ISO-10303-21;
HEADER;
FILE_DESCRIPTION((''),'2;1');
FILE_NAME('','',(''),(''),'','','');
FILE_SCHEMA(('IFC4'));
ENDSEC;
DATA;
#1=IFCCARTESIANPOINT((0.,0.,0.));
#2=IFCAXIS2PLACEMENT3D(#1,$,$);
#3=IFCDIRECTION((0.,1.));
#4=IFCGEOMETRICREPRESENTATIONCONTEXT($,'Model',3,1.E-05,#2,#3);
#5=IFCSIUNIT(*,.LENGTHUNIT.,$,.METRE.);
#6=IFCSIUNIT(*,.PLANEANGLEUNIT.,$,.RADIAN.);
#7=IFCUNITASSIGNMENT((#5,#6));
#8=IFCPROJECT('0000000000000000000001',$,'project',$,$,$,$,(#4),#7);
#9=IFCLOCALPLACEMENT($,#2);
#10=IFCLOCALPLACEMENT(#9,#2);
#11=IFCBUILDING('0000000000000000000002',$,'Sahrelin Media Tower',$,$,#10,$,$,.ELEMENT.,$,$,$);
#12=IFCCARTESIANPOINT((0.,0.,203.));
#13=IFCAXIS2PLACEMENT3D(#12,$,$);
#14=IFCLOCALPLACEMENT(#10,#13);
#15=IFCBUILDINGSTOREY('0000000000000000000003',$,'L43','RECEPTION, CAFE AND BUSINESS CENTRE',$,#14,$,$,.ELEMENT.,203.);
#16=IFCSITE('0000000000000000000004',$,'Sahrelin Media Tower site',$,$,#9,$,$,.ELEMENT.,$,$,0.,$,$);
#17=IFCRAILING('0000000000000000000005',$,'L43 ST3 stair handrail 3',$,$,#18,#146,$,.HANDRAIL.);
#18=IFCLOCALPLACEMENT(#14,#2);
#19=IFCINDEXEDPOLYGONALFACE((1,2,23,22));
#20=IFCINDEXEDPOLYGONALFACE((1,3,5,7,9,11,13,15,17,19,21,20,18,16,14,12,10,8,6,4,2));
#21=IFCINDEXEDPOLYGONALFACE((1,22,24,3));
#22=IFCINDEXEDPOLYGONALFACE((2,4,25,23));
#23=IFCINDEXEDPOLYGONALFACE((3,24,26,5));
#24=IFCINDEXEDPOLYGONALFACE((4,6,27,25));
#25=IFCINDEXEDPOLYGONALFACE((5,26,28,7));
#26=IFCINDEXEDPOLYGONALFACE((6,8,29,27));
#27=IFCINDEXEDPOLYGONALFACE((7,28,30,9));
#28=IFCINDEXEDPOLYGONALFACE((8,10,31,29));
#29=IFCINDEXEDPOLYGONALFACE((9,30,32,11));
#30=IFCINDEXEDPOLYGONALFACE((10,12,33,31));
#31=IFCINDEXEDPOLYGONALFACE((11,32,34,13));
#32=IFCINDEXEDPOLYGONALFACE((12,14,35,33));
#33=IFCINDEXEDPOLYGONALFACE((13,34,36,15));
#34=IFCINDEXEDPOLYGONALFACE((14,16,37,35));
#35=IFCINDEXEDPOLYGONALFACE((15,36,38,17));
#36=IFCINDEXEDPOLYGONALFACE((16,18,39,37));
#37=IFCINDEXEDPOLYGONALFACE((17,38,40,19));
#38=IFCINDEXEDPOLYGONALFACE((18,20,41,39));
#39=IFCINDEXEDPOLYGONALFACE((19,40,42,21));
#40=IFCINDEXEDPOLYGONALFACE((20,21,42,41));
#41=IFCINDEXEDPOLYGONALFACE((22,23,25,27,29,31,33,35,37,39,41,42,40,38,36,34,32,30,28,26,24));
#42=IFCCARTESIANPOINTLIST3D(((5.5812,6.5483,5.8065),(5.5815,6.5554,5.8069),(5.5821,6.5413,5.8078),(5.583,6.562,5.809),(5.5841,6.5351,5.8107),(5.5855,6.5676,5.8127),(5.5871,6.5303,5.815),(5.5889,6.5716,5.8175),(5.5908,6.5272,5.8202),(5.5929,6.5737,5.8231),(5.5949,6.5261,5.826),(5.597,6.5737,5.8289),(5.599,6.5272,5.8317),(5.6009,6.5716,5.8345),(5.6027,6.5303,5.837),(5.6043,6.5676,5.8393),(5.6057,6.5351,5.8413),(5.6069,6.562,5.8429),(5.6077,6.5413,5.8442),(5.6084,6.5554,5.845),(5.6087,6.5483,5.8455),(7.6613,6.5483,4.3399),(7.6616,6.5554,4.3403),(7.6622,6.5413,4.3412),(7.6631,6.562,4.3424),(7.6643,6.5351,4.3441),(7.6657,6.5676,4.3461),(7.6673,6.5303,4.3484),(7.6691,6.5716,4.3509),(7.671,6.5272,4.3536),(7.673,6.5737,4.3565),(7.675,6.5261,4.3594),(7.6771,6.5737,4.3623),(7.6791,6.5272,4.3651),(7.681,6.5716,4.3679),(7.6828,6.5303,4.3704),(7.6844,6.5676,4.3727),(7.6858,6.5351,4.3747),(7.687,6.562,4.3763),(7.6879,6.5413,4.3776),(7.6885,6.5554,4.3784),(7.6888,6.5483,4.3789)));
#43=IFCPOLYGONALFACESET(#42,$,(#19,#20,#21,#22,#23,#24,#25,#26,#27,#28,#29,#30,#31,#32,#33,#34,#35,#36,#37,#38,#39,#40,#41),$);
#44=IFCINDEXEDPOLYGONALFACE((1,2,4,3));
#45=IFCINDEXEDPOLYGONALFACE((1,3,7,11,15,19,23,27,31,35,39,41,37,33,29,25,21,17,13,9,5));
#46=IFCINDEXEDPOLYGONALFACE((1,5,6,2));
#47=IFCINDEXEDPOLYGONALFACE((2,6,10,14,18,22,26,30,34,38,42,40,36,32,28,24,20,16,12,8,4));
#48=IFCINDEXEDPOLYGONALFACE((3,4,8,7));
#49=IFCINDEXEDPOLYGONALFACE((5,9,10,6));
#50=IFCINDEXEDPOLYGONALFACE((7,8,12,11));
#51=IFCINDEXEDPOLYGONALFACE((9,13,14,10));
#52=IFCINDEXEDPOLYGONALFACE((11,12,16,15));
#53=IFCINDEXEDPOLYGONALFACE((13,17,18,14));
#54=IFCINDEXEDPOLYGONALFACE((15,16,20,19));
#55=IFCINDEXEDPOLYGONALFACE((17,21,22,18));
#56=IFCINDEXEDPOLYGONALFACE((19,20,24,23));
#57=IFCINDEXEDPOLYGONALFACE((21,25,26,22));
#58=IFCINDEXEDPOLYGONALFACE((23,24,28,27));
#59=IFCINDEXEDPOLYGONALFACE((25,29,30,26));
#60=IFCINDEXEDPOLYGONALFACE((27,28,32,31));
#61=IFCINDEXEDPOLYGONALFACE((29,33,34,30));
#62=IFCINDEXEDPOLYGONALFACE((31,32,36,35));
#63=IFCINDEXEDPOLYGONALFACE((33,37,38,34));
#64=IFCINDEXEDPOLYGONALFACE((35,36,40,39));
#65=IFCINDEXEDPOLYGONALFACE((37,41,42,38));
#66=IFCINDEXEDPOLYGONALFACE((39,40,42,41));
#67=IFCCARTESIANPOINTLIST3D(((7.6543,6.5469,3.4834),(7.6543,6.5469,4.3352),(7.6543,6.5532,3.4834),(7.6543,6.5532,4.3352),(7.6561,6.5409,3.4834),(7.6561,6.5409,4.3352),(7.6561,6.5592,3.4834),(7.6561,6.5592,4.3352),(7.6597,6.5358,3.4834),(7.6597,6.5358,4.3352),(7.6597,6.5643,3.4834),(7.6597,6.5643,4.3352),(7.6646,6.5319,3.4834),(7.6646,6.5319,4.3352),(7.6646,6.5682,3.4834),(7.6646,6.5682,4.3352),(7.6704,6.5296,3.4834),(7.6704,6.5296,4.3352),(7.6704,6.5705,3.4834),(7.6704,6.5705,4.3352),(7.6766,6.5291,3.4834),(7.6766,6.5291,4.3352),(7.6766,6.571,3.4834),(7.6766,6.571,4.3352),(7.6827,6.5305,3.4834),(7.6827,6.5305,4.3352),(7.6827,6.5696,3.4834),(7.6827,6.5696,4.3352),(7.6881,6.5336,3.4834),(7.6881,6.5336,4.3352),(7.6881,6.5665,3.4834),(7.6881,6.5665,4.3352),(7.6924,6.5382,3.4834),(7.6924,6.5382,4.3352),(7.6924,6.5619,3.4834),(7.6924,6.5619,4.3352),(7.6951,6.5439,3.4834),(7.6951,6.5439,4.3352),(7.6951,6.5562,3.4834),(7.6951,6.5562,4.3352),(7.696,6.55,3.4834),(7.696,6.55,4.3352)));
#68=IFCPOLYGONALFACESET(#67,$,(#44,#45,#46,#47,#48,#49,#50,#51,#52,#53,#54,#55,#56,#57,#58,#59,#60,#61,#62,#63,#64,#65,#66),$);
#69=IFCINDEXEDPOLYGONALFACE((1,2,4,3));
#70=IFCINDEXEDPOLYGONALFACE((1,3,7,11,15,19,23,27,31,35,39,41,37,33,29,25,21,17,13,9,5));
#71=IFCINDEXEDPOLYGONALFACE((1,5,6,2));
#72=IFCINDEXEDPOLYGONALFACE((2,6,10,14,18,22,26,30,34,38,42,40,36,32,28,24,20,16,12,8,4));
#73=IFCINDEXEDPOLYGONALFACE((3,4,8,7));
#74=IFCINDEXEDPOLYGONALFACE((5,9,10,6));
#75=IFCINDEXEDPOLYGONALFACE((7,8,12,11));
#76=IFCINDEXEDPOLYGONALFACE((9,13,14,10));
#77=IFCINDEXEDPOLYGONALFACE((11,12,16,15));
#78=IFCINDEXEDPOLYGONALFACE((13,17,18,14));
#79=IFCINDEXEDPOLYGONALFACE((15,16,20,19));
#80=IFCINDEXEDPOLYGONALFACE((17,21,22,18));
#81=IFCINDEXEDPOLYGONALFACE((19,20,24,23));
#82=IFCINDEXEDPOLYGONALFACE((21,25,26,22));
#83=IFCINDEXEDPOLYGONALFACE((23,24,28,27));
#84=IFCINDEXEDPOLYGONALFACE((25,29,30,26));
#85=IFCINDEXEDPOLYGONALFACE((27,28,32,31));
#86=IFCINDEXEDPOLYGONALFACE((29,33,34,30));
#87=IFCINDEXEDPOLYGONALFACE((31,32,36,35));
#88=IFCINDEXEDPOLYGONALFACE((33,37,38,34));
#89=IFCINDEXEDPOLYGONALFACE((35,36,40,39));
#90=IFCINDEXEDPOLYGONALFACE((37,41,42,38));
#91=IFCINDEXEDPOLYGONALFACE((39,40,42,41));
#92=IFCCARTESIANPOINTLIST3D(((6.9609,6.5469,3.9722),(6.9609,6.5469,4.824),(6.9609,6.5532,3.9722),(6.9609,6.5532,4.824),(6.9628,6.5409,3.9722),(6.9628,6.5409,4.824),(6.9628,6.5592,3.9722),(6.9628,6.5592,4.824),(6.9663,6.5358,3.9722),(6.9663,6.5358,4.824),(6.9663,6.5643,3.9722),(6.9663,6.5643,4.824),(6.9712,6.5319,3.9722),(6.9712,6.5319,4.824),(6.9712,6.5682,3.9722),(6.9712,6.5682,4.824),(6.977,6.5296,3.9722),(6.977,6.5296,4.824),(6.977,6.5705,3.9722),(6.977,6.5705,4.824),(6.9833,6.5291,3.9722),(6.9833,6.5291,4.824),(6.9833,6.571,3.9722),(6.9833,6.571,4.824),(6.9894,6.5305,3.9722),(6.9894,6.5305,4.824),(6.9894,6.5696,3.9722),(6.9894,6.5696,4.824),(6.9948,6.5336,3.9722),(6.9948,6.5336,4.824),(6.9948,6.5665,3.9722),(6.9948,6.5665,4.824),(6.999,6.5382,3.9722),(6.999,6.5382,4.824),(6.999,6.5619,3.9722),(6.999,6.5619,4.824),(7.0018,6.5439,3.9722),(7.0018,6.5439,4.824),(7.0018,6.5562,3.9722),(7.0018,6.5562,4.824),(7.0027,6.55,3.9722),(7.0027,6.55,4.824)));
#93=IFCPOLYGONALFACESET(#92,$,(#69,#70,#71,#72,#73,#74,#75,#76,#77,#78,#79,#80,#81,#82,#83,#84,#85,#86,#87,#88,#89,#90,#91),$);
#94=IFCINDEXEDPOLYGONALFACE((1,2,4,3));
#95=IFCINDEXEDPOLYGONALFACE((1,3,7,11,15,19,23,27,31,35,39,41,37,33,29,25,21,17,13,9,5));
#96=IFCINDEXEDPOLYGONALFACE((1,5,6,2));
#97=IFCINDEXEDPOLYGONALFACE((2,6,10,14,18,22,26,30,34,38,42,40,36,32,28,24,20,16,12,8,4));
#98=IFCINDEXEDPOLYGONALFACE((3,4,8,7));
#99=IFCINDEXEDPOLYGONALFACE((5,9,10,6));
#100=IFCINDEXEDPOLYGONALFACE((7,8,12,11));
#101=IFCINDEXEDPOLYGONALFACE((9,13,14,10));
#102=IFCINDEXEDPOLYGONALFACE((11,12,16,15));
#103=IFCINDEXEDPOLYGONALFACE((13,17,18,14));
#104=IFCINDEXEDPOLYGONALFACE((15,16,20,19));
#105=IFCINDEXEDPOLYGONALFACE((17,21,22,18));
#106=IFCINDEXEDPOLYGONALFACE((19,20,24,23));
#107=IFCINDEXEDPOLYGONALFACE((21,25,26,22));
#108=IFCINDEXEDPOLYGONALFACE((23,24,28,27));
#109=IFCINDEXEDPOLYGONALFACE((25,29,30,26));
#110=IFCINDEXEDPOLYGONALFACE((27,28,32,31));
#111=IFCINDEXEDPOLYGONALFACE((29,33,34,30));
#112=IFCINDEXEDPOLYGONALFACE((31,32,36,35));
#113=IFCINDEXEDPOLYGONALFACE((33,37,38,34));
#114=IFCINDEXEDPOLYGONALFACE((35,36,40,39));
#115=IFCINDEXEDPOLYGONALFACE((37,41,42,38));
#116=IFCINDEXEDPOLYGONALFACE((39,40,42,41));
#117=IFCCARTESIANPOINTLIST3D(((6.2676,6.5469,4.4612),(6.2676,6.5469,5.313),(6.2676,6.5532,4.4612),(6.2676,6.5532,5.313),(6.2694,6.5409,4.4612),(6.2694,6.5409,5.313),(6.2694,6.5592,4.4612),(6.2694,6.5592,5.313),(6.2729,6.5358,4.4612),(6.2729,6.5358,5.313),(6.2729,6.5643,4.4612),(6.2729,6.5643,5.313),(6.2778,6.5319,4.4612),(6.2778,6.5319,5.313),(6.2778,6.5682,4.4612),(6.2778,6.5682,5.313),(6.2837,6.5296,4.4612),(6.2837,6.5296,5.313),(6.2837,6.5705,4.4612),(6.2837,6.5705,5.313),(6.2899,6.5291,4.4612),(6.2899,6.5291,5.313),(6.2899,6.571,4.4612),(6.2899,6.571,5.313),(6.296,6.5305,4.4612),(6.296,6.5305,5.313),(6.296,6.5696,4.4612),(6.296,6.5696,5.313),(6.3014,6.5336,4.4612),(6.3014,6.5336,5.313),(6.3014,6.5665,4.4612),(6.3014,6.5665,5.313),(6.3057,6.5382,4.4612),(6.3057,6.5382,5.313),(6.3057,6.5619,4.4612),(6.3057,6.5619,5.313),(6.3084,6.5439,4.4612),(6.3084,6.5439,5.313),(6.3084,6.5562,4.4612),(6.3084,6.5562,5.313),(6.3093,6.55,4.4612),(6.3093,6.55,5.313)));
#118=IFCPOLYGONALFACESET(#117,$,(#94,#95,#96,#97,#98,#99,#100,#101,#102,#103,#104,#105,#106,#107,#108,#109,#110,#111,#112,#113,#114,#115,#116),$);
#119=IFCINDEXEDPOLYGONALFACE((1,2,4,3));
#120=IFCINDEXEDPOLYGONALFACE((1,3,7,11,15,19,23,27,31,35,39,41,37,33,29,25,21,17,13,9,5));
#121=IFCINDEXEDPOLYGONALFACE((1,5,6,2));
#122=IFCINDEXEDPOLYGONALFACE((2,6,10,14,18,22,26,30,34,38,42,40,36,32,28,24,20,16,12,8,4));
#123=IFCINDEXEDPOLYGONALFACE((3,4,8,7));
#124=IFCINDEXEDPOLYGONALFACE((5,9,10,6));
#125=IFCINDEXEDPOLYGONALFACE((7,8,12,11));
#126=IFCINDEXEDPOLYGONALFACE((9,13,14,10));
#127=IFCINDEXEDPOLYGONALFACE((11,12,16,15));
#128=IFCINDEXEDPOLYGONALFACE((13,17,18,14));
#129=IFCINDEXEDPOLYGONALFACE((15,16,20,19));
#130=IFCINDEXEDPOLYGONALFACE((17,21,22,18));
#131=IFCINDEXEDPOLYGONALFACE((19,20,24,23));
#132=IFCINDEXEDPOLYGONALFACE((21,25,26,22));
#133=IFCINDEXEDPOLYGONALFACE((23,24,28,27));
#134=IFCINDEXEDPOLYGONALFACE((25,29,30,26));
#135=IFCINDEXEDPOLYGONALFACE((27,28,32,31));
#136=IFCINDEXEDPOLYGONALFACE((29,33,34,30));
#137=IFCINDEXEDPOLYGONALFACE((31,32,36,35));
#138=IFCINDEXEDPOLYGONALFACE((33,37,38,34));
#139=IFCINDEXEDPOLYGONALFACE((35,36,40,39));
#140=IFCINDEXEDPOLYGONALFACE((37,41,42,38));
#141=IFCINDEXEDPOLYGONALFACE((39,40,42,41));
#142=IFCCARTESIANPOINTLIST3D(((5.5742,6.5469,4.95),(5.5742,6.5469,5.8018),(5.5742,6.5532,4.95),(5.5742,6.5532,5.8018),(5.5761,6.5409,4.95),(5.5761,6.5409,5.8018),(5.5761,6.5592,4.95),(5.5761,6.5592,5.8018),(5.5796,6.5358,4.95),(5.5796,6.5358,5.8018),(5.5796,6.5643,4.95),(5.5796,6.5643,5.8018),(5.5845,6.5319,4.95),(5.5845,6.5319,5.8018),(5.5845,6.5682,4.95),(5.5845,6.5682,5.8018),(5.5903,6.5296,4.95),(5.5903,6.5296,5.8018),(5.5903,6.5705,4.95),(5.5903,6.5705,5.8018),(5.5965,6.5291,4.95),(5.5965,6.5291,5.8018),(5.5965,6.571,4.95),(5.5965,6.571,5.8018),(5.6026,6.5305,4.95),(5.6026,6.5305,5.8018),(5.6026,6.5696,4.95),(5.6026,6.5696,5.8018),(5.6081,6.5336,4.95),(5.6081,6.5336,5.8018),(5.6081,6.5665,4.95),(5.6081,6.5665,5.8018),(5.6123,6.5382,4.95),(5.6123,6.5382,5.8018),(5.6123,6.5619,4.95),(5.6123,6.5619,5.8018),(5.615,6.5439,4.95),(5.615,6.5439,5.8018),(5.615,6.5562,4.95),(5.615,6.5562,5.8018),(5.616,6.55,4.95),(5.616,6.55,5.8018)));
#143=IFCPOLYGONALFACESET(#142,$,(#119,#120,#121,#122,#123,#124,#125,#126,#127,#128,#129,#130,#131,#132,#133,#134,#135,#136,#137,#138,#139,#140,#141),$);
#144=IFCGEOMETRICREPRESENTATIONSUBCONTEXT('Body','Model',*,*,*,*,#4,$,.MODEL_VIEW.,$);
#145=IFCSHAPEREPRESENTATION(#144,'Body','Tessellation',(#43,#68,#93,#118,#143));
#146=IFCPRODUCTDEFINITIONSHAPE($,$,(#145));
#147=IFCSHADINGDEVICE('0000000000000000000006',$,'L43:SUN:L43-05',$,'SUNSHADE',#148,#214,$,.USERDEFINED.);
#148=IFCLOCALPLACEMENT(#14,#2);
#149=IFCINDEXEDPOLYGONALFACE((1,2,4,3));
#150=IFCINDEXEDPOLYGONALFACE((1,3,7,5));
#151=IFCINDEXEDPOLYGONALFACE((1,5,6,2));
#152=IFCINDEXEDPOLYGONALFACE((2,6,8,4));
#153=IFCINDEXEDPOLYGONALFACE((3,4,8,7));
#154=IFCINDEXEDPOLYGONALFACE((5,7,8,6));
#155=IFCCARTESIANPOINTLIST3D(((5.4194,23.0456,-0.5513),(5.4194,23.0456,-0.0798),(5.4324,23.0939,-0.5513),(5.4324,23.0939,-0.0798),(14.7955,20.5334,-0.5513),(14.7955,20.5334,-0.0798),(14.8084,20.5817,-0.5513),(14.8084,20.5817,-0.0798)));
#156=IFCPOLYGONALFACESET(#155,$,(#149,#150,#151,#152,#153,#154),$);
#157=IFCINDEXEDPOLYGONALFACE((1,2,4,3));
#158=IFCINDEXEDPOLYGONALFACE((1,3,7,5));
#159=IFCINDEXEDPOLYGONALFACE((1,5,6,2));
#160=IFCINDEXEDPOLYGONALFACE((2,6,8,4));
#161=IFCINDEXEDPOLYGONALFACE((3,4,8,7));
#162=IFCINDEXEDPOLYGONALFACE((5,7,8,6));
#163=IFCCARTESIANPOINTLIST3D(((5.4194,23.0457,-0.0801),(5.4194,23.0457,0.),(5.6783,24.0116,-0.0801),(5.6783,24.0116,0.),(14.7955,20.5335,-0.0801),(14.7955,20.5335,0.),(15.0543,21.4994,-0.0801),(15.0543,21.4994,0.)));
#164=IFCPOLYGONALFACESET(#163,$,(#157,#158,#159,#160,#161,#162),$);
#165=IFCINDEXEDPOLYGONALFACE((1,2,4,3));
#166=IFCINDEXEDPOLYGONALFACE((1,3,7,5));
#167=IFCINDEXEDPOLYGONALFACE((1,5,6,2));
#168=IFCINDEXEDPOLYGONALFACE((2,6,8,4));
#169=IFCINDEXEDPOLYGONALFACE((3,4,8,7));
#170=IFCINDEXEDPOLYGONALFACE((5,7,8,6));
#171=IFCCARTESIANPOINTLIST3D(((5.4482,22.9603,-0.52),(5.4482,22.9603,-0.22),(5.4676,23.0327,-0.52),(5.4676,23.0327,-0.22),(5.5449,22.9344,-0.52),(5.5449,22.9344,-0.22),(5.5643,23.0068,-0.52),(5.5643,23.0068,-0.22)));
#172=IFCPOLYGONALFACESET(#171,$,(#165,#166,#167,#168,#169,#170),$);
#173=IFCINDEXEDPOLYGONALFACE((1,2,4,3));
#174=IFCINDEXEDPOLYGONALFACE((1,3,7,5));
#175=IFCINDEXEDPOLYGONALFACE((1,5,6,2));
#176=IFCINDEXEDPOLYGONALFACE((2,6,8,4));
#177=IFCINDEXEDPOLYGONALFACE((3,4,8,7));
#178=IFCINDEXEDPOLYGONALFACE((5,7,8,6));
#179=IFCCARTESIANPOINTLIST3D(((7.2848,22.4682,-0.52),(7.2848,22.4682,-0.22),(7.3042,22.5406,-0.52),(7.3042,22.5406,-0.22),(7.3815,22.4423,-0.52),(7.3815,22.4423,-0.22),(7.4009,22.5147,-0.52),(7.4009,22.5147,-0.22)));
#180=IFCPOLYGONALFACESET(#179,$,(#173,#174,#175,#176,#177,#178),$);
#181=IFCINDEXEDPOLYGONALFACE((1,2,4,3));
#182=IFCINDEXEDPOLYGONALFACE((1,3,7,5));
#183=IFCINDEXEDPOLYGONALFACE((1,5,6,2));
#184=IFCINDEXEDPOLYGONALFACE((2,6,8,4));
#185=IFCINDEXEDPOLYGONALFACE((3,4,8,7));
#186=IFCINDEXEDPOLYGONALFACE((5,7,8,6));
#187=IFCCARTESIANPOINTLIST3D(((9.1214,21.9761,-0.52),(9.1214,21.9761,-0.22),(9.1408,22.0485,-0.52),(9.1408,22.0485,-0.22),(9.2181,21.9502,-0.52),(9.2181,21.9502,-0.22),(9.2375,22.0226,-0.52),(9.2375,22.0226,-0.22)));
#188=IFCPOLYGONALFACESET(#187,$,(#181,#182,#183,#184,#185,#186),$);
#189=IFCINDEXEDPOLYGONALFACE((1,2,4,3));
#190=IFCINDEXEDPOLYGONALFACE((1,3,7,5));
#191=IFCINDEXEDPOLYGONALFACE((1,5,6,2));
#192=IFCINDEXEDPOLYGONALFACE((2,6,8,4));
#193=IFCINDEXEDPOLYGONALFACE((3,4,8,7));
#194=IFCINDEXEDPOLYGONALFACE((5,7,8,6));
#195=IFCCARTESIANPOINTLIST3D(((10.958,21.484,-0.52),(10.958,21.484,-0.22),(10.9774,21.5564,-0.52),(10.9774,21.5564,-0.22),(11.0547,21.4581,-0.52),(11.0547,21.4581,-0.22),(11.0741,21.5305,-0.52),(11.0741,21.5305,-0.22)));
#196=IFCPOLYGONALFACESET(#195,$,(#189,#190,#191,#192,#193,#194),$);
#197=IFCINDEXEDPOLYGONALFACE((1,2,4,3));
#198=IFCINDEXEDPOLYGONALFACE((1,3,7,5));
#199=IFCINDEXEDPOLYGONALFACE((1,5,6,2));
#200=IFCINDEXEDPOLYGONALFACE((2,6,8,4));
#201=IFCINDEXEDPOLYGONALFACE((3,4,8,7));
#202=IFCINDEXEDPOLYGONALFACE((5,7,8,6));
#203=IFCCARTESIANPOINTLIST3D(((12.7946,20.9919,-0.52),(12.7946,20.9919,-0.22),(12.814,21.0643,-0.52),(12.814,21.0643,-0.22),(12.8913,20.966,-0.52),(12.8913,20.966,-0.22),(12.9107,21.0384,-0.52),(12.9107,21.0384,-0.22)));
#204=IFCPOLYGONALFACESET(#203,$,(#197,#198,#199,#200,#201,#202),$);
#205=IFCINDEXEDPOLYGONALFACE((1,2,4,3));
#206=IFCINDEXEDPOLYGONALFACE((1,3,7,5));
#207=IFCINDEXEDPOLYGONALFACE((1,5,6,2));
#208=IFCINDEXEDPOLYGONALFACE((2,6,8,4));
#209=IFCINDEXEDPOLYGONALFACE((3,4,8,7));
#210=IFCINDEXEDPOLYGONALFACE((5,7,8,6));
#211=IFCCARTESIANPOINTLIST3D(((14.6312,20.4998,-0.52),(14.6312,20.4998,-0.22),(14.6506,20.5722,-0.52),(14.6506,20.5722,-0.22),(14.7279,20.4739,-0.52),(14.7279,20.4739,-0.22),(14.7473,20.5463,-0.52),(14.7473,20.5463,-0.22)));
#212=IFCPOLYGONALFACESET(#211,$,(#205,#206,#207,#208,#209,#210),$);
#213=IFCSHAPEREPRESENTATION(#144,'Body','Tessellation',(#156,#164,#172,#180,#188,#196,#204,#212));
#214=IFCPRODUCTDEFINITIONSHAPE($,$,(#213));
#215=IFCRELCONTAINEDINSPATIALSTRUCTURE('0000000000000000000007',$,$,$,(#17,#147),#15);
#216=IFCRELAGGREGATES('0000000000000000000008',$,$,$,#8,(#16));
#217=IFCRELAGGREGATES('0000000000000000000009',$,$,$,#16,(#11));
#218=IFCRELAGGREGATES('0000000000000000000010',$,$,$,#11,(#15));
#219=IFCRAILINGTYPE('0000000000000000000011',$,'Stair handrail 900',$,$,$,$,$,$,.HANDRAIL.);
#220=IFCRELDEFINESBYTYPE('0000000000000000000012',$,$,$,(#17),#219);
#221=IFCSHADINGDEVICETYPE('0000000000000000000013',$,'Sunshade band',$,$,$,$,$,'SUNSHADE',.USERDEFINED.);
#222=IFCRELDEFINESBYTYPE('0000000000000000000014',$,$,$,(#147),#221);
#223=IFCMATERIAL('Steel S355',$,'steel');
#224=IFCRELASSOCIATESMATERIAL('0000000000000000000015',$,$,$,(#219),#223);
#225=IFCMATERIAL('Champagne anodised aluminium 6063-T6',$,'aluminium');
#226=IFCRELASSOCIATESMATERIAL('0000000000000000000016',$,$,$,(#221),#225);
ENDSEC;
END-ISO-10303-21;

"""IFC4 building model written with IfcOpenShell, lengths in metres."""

from ifc_helpers import new_model, si_unit, direction, frame, origin, origin_2d, place, context, subcontext, project, spatial, rectangle, circle, extrude, material, type_object, element, save


model = new_model("IFC4")

# Units and contexts
model_context = context("Model", 3, precision=1e-05, world=origin(), true_north=direction((0.0, 1.0)))
body_context = subcontext(model_context, "Body", "Model", "MODEL_VIEW")
ifc_project = project(units=[si_unit("LENGTHUNIT", "METRE"), si_unit("PLANEANGLEUNIT", "RADIAN")], contexts=[model_context])

# Site, building, storey
site_placement = place(None, origin())
site = spatial("IfcSite", under=ifc_project, at=site_placement, Name="Sahrelin Media Tower site", CompositionType="ELEMENT", RefElevation=0.0)
building_placement = place(site_placement, origin())
building = spatial("IfcBuilding", under=site, at=building_placement, Name="Sahrelin Media Tower", CompositionType="ELEMENT")
storey_placement = place(building_placement, frame((0.0, 0.0, 203.0)))
storey = spatial("IfcBuildingStorey", under=building, at=storey_placement, Name="L43", Description="RECEPTION, CAFE AND BUSINESS CENTRE", CompositionType="ELEMENT", Elevation=203.0)

# Shared definitions
ifc_material_1 = material(Name="Steel S355", Category="steel")

# Shared definitions
ifc_material_2 = material(Name="Champagne anodised aluminium 6063-T6", Category="aluminium")

# Shared definitions
placement = place(storey_placement, frame((10.1023, 21.7703, 0.0), z_axis=(0.0, 0.0, 1.0), x_axis=(0.965929, -0.258808, 0.0)))

# Railing
railing_type = type_object("IfcRailingType", Name="Stair handrail 900", PredefinedType="HANDRAIL", material=ifc_material_1)
for number, where, name in (
    (1, (7.675, 6.55, 3.4834), "L43 ST3 stair handrail 3"),
):
    element("IfcRailing", number, at=place(storey_placement, frame(where)), inside=storey, type_object=railing_type, Name=name, PredefinedType="HANDRAIL", context=body_context, shape_type="SweptSolid", body=[
        extrude(circle(Radius=0.0239, at=origin_2d()), frame((0.0, 0.0, 0.876), z_axis=(-0.817289, 0.0, 0.576227), x_axis=(0.0, -1.0, 0.0)), (0.0, 0.0, 1.0), 2.5452),
        extrude(circle(Radius=0.021, at=origin_2d()), origin(), (0.0, 0.0, 1.0), 0.8518),
        extrude(circle(Radius=0.021, at=origin_2d()), frame((-0.6934, 0.0, 0.4888)), (0.0, 0.0, 1.0), 0.8518),
        extrude(circle(Radius=0.021, at=origin_2d()), frame((-1.3867, 0.0, 0.9778)), (0.0, 0.0, 1.0), 0.8518),
        extrude(circle(Radius=0.021, at=origin_2d()), frame((-2.0801, 0.0, 1.4666)), (0.0, 0.0, 1.0), 0.8518),
    ])

# Shading device
shading_device_type_1 = type_object("IfcShadingDeviceType", Name="Sunshade band", ElementType="SUNSHADE", PredefinedType="USERDEFINED", material=ifc_material_2)
element("IfcShadingDevice", 2, at=placement, inside=storey, type_object=shading_device_type_1, Name="L43:SUN:L43-05", ObjectType="SUNSHADE", PredefinedType="USERDEFINED", context=body_context, shape_type="SweptSolid", body=[
    extrude(rectangle(XDim=9.7068, YDim=0.05, at=origin_2d()), frame((0.0, 0.0449, -0.5513)), (0.0, 0.0, 1.0), 0.4714),
    extrude(rectangle(XDim=9.7068, YDim=1.0, at=origin_2d()), frame((0.0, 0.52, -0.0801)), (0.0, 0.0, 1.0), 0.0801),
    extrude(rectangle(XDim=0.1001, YDim=0.075, at=origin_2d()), frame((-4.7534, -0.0176, -0.52)), (0.0, 0.0, 1.0), 0.3),
    extrude(rectangle(XDim=0.1001, YDim=0.075, at=origin_2d()), frame((-2.8521, -0.0176, -0.52)), (0.0, 0.0, 1.0), 0.3),
    extrude(rectangle(XDim=0.1001, YDim=0.075, at=origin_2d()), frame((-0.9507, -0.0176, -0.52)), (0.0, 0.0, 1.0), 0.3),
    extrude(rectangle(XDim=0.1001, YDim=0.075, at=origin_2d()), frame((0.9507, -0.0176, -0.52)), (0.0, 0.0, 1.0), 0.3),
    extrude(rectangle(XDim=0.1001, YDim=0.075, at=origin_2d()), frame((2.8521, -0.0176, -0.52)), (0.0, 0.0, 1.0), 0.3),
    extrude(rectangle(XDim=0.1001, YDim=0.075, at=origin_2d()), frame((4.7534, -0.0176, -0.52)), (0.0, 0.0, 1.0), 0.3),
])

save(model, "model.ifc")
